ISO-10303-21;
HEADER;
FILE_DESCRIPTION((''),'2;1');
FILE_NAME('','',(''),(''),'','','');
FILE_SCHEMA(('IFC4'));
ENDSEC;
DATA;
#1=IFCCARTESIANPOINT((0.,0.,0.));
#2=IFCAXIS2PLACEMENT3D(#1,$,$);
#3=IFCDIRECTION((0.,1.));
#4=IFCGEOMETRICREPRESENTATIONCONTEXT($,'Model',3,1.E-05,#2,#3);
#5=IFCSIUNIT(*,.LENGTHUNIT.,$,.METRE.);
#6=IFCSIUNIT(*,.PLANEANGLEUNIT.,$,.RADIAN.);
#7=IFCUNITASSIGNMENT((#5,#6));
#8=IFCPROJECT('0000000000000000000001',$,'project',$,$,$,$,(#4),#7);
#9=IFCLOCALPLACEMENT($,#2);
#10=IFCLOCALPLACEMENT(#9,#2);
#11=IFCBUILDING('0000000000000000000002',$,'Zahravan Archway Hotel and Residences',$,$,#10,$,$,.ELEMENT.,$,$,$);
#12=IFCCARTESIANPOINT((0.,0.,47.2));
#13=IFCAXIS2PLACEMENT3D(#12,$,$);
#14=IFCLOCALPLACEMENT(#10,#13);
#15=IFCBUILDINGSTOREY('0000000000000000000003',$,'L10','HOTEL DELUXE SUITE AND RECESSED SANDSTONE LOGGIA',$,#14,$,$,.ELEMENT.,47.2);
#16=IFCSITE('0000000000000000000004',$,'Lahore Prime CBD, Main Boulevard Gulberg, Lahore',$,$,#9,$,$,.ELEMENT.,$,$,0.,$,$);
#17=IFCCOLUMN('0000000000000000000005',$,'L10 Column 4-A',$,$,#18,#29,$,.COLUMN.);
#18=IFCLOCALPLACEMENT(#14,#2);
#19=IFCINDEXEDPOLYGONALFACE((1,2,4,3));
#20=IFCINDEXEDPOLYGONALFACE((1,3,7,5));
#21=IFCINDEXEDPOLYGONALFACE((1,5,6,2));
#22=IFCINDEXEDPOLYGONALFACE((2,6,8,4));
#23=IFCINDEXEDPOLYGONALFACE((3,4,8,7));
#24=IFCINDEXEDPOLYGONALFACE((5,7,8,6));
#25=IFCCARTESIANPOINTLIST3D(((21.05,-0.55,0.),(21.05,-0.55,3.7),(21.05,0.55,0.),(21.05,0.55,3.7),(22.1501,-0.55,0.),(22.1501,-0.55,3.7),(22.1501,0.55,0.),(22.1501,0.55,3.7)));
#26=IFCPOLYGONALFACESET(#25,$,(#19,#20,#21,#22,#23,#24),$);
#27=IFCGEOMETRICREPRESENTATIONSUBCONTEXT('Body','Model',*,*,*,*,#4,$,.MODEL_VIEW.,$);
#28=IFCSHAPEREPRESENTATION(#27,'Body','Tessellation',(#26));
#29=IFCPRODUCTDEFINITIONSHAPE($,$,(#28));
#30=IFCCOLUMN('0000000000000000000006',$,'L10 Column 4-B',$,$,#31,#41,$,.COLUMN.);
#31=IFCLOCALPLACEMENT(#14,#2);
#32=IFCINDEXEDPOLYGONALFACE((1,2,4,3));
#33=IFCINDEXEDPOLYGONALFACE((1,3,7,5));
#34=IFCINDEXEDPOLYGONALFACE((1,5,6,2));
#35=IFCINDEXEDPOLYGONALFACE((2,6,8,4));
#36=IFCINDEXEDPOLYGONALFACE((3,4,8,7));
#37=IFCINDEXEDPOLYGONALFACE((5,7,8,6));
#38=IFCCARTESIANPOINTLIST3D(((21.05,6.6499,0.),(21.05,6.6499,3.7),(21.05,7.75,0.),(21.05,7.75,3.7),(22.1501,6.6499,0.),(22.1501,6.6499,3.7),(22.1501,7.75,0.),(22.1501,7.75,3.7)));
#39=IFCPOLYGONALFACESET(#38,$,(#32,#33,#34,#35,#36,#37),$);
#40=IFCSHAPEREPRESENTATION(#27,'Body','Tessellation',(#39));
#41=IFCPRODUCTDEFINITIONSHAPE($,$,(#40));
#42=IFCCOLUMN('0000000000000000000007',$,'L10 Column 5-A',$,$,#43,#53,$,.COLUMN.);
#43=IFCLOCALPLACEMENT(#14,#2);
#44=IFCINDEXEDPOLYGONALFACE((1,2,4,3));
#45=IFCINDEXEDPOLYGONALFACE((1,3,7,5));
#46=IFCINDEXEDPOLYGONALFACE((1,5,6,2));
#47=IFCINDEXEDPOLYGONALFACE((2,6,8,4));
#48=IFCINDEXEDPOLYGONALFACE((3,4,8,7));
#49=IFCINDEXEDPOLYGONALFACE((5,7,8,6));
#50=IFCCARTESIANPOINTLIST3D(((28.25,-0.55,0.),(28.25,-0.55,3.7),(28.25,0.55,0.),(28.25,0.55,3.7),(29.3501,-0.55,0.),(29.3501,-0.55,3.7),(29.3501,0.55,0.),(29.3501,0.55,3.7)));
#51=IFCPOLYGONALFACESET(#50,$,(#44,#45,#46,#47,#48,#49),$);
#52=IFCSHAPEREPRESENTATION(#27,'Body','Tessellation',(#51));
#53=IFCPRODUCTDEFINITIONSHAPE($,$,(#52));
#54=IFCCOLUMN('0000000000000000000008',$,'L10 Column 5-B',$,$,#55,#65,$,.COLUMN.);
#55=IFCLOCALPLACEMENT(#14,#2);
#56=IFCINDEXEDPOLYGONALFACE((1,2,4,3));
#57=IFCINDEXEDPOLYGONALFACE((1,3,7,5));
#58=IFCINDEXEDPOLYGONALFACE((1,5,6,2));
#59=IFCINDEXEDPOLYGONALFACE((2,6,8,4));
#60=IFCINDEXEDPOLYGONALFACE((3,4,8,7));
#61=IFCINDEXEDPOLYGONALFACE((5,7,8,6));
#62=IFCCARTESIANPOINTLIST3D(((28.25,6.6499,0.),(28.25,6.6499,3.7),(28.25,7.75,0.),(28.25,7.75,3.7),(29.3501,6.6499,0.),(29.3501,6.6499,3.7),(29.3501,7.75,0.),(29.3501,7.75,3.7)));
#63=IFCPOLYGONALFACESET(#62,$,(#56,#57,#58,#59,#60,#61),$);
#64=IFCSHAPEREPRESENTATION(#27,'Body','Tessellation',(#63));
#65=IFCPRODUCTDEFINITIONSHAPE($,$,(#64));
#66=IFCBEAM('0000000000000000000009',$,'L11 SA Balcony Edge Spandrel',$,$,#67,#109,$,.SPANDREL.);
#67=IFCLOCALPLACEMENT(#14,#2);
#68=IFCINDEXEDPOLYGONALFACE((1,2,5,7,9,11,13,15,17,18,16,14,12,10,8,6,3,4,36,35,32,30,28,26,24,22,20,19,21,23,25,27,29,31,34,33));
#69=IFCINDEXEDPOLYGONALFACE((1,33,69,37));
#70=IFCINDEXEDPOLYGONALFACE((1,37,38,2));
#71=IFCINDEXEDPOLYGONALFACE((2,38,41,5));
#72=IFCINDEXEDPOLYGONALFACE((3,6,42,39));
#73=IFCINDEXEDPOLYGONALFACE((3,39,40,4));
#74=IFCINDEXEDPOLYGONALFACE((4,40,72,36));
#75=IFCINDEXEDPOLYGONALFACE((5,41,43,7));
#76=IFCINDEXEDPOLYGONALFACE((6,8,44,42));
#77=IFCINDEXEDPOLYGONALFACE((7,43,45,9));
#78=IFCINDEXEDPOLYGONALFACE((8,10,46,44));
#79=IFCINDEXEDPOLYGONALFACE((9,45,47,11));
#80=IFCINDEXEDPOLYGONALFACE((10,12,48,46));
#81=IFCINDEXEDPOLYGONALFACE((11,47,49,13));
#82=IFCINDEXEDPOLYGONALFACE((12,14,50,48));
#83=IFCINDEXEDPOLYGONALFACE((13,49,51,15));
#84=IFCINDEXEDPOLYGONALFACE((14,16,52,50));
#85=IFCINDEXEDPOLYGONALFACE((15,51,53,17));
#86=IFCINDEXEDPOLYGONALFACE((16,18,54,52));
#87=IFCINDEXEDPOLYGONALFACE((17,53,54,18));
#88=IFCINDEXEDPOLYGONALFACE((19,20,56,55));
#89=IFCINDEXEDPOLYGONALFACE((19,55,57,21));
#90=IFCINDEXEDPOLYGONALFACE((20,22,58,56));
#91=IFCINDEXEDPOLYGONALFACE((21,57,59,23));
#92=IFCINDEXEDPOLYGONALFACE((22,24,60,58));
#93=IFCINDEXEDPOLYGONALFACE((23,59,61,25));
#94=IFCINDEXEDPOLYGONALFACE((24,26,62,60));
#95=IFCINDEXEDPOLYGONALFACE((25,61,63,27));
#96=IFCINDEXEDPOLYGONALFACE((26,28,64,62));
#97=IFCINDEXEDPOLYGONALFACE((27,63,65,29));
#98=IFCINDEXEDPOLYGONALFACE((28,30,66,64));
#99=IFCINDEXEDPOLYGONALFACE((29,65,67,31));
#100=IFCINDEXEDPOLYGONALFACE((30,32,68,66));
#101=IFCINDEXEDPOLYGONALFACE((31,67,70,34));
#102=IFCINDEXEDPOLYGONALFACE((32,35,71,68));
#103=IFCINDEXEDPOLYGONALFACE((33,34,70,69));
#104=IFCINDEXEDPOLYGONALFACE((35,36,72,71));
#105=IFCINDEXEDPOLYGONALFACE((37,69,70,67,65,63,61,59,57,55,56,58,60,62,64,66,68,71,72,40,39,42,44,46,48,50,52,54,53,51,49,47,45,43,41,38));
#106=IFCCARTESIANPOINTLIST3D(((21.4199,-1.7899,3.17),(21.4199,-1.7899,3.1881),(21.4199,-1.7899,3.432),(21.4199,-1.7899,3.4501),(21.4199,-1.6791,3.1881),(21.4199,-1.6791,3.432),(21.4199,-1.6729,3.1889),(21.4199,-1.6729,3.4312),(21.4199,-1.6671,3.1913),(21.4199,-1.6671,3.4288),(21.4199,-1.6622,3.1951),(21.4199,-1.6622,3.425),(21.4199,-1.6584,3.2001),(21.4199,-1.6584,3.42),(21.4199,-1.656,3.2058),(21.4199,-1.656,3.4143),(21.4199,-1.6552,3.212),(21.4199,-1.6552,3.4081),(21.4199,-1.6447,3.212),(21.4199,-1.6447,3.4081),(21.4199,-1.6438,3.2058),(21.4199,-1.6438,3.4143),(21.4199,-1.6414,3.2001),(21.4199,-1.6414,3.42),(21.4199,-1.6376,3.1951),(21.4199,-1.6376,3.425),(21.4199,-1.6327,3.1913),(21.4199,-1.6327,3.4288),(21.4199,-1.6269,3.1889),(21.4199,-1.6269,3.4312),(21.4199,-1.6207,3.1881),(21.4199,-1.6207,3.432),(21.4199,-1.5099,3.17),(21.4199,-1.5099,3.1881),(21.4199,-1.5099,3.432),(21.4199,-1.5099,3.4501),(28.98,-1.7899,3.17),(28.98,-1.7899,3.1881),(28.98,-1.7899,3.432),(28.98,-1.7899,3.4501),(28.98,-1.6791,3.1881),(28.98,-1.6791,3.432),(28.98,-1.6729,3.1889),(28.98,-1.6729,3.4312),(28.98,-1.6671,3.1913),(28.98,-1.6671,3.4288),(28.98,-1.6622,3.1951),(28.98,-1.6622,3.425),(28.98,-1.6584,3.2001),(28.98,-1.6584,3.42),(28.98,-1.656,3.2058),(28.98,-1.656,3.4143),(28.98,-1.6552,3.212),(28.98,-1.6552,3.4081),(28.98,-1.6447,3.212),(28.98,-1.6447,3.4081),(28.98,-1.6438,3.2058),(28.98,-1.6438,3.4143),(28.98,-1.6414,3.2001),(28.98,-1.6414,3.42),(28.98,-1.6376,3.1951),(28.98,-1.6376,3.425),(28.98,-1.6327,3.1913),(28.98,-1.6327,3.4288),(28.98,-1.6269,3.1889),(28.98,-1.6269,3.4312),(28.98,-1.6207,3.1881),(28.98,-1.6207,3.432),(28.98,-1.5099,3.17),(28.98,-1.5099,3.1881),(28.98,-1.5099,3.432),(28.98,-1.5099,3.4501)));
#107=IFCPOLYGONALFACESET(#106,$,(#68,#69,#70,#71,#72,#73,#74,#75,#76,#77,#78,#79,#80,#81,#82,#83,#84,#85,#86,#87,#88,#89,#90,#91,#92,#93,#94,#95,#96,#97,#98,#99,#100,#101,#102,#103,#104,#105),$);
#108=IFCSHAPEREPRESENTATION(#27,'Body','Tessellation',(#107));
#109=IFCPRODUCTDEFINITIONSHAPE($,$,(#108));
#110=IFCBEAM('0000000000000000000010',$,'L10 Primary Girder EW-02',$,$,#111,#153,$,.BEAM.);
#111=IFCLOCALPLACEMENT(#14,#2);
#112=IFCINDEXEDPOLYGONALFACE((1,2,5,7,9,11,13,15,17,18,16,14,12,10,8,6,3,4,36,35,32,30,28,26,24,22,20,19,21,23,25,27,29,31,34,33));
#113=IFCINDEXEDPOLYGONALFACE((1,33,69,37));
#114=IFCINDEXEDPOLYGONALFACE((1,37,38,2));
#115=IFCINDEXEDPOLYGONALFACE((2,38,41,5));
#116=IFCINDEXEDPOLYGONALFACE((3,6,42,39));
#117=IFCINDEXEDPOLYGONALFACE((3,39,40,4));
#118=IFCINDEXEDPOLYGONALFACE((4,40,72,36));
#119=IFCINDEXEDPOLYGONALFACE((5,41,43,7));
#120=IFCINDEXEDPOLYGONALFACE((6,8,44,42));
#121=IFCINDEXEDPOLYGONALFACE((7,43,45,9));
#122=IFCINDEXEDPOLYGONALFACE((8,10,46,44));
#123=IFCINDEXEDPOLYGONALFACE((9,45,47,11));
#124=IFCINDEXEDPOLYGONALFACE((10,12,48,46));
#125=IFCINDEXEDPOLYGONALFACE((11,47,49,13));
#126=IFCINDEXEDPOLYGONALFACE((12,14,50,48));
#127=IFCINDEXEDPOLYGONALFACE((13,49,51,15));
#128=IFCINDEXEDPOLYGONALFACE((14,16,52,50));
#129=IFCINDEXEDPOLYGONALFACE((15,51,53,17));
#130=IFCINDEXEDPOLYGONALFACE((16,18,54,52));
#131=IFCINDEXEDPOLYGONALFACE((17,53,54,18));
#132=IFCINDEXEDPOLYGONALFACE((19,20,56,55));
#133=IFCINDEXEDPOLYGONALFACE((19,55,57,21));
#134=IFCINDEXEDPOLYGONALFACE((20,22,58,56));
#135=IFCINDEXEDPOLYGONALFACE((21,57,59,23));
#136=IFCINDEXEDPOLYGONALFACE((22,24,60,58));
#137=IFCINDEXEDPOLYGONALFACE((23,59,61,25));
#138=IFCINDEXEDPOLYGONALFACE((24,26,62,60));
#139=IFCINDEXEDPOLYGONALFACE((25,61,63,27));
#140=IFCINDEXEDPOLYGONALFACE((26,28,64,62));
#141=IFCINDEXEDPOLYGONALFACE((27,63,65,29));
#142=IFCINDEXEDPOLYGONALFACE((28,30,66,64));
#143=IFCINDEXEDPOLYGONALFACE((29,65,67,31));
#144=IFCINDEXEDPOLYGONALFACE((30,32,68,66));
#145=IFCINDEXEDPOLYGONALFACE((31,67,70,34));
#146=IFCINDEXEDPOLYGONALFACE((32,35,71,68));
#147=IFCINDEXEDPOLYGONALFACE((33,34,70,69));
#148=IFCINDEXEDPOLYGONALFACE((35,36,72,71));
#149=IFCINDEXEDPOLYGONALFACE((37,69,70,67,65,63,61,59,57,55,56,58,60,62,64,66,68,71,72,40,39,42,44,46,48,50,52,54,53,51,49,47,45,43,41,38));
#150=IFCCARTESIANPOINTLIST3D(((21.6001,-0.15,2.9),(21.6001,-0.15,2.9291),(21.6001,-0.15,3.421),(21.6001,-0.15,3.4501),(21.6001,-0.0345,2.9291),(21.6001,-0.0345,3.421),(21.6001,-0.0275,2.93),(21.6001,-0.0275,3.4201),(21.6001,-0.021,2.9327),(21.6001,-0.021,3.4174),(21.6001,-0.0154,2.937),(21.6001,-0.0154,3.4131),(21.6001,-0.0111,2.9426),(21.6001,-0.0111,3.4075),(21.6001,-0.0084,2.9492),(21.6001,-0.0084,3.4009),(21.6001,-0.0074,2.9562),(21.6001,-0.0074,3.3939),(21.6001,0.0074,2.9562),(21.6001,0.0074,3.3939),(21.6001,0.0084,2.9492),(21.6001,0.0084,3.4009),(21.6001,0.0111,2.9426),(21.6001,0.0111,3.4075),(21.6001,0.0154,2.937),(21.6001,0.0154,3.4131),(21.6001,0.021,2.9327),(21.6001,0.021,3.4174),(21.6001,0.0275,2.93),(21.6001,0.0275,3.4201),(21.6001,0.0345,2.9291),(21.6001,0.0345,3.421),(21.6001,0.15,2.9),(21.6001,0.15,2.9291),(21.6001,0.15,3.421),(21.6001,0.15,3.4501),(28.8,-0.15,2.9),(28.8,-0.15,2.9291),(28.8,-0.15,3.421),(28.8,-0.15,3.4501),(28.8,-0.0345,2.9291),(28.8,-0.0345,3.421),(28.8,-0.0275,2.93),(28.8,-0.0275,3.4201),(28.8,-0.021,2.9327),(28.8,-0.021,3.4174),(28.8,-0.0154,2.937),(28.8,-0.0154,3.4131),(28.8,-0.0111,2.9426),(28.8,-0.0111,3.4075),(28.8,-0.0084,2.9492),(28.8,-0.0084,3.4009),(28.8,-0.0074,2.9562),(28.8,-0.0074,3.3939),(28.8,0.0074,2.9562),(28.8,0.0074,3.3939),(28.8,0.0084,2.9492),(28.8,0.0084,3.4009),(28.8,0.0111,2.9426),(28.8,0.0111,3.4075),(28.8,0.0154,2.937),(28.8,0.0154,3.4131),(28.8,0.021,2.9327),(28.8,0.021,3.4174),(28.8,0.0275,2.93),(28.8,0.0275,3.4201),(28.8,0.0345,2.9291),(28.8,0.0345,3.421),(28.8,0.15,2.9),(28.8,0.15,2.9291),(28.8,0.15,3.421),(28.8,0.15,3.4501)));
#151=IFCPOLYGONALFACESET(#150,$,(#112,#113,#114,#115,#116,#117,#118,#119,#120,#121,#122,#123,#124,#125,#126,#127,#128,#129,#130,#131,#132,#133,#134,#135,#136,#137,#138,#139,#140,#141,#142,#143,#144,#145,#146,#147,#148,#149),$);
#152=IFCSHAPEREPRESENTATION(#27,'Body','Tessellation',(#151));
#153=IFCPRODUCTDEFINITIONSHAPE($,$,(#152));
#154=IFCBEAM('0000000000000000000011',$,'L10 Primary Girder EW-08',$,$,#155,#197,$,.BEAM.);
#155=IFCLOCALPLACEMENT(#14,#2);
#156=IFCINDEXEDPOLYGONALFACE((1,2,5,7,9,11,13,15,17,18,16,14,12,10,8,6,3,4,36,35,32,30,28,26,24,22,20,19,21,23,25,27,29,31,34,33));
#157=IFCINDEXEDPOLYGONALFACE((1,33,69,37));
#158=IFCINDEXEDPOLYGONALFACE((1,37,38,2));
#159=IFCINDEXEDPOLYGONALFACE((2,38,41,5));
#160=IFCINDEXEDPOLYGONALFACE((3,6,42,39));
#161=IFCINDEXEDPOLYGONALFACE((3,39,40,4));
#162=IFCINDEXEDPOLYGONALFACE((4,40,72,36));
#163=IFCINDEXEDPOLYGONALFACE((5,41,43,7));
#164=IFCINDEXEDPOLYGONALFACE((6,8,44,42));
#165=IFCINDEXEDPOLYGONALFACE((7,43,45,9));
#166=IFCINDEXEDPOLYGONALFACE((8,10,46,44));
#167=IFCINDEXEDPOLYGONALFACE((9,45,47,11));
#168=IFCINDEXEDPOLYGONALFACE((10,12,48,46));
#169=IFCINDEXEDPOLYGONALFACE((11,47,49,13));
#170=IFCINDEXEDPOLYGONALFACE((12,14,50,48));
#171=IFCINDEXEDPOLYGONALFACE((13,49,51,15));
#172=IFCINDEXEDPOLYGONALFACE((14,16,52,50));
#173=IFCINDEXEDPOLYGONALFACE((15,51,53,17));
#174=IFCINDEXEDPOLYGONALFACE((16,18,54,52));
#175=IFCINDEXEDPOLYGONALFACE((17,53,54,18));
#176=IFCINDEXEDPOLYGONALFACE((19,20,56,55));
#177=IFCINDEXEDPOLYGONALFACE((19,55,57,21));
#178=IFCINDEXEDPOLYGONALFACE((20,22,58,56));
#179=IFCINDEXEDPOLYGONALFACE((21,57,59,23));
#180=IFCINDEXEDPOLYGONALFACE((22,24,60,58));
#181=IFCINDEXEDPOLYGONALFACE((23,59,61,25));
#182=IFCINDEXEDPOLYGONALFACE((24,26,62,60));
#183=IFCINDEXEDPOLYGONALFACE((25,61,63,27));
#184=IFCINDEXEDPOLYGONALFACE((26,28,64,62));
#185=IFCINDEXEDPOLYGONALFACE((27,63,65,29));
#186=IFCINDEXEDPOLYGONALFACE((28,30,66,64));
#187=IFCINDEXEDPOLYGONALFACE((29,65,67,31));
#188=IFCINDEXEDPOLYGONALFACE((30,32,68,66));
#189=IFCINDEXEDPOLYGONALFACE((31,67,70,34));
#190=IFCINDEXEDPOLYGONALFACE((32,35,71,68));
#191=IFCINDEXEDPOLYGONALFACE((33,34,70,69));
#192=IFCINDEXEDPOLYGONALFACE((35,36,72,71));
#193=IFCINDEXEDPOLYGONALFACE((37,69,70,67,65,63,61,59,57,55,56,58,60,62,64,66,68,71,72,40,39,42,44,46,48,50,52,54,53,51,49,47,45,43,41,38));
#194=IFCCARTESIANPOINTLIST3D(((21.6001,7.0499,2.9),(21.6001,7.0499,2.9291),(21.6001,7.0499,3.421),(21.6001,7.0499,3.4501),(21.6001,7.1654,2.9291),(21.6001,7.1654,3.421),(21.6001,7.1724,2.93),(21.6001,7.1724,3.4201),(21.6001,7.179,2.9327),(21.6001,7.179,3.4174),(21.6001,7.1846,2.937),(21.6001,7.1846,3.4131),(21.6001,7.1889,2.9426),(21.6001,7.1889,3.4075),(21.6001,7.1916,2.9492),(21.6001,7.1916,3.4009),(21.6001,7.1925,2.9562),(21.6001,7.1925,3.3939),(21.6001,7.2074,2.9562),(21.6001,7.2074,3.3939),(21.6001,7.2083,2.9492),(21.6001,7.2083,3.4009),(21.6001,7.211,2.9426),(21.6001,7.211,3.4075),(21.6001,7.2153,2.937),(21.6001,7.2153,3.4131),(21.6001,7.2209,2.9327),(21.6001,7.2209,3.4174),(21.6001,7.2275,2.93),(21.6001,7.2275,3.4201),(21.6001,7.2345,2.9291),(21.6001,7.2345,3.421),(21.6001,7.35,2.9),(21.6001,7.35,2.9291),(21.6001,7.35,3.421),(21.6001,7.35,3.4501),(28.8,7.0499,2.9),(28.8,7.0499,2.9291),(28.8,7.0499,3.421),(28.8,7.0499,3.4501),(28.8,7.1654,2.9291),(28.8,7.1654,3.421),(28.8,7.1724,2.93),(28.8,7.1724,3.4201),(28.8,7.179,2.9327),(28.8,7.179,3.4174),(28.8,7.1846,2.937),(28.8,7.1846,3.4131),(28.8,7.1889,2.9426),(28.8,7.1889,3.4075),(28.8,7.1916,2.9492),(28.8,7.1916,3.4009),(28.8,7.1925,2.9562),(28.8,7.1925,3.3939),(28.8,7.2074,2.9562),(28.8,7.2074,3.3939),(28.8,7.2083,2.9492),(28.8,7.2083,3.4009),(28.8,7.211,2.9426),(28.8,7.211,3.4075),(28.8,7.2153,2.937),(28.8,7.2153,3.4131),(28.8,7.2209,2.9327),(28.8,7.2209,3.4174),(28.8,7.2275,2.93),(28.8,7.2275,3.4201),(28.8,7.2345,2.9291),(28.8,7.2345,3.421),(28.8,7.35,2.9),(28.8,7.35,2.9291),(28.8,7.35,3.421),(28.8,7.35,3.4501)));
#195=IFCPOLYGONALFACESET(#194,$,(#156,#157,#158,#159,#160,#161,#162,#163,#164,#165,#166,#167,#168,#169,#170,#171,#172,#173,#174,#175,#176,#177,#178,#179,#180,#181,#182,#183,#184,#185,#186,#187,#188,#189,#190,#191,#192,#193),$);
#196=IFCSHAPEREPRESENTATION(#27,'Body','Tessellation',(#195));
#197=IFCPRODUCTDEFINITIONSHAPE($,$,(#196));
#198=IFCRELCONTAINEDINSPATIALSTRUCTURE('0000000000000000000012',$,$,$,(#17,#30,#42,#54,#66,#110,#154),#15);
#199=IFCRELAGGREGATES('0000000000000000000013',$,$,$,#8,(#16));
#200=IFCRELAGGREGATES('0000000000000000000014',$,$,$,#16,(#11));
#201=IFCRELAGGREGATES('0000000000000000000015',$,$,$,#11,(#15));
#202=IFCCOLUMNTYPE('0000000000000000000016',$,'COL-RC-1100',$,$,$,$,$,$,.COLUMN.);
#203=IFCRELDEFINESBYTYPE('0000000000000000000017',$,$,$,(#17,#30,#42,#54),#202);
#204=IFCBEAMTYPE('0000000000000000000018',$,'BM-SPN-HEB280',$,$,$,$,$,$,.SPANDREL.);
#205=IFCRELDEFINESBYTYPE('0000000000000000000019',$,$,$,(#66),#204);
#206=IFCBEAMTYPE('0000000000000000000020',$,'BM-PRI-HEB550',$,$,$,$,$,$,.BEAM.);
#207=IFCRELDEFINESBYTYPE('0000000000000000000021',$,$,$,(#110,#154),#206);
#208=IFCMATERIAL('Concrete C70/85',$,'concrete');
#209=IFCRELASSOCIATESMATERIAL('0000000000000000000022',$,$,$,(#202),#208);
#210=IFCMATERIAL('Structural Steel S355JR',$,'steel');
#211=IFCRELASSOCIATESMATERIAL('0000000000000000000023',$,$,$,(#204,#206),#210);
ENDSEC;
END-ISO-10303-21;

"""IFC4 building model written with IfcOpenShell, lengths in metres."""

from ifc_helpers import new_model, si_unit, direction, frame, origin, origin_2d, place, context, subcontext, project, spatial, rectangle, i_section, extrude, source, transform, mapped, material, material_profile, profile_set, type_object, type_shapes, element, save


model = new_model("IFC4")

# Units and contexts
model_context = context("Model", 3, precision=1e-05, world=origin(), true_north=direction((0.0, 1.0)))
body_context = subcontext(model_context, "Body", "Model", "MODEL_VIEW")
ifc_project = project(units=[si_unit("LENGTHUNIT", "METRE"), si_unit("PLANEANGLEUNIT", "RADIAN")], contexts=[model_context])

# Site, building, storey
site_placement = place(None, origin())
site = spatial("IfcSite", under=ifc_project, at=site_placement, Name="Lahore Prime CBD, Main Boulevard Gulberg, Lahore", CompositionType="ELEMENT", RefElevation=0.0)
building_placement = place(site_placement, origin())
building = spatial("IfcBuilding", under=site, at=building_placement, Name="Zahravan Archway Hotel and Residences", CompositionType="ELEMENT")
storey_placement = place(building_placement, frame((0.0, 0.0, 47.2)))
storey = spatial("IfcBuildingStorey", under=building, at=storey_placement, Name="L10", Description="HOTEL DELUXE SUITE AND RECESSED SANDSTONE LOGGIA", CompositionType="ELEMENT", Elevation=47.2)

# Columns
ifc_material_1 = material(Name="Concrete C70/85", Category="concrete")
ifc_material_profile_1 = material_profile(ifc_material_1, rectangle(XDim=1.1001, YDim=1.1001, at=origin_2d()), Name="RC 1100x1100", Category="concrete")
ifc_profile_set_1 = profile_set([ifc_material_profile_1], Name="Concrete C70/85")
column_type = type_object("IfcColumnType", Name="COL-RC-1100", PredefinedType="COLUMN", material=ifc_profile_set_1)
shared_shape_1 = source(origin(), body_context, "Body", "SweptSolid", [
    extrude(rectangle(XDim=1.1001, YDim=1.1001, at=origin_2d()), origin(), (0.0, 0.0, 1.0), 3.7),
])
for number, where, z_axis, x_axis, name in (
    (1, (21.6001, 0.0, 0.0), (0.0, 0.0, 1.0), (1.0, 0.0, 0.0), "L10 Column 4-A"),
    (2, (21.6001, 7.2, 0.0), (0.0, 0.0, 1.0), (1.0, 0.0, 0.0), "L10 Column 4-B"),
    (3, (28.8, 0.0, 0.0), (0.0, 0.0, 1.0), (1.0, 0.0, 0.0), "L10 Column 5-A"),
    (4, (28.8, 7.2, 0.0), (0.0, 0.0, 1.0), (1.0, 0.0, 0.0), "L10 Column 5-B"),
):
    element("IfcColumn", number, at=place(storey_placement, frame(where, z_axis=z_axis, x_axis=x_axis)), inside=storey, type_object=column_type, Name=name, PredefinedType="COLUMN", context=body_context, shape_type="MappedRepresentation", body=[
        mapped(shared_shape_1, transform((0.0, 0.0, 0.0), scale=1.0)),
    ])

# Beams
ifc_material_2 = material(Name="Structural Steel S355JR", Category="steel")
ifc_material_profile_2 = material_profile(ifc_material_2, i_section(OverallWidth=0.28, OverallDepth=0.28, WebThickness=0.0105, FlangeThickness=0.0181, FilletRadius=0.0239, at=origin_2d()), Name="HEB 280", Category="steel")
ifc_profile_set_2 = profile_set([ifc_material_profile_2], Name="Structural Steel S355JR")
beam_type_1 = type_object("IfcBeamType", Name="BM-SPN-HEB280", PredefinedType="SPANDREL", material=ifc_profile_set_2)
shared_shape_2 = source(origin(), body_context, "Body", "SweptSolid", [
    extrude(i_section(OverallWidth=0.28, OverallDepth=0.28, WebThickness=0.0105, FlangeThickness=0.0181, FilletRadius=0.0239, at=origin_2d()), origin(), (0.0, 0.0, 1.0), 7.5601),
])
type_shapes(beam_type_1, [shared_shape_2])
beam_placement = place(storey_placement, frame((21.4199, -1.6499, 3.3101), z_axis=(1.0, 0.0, 0.0), x_axis=(0.0, 1.0, 0.0)))
element("IfcBeam", 5, at=beam_placement, inside=storey, type_object=beam_type_1, Name="L11 SA Balcony Edge Spandrel", PredefinedType="SPANDREL", context=body_context, shape_type="MappedRepresentation", body=[
    mapped(shared_shape_2, transform((0.0, 0.0, 0.0), scale=1.0)),
])
ifc_material_profile_3 = material_profile(ifc_material_2, i_section(OverallWidth=0.3, OverallDepth=0.55, WebThickness=0.0149, FlangeThickness=0.0291, FilletRadius=0.0271, at=origin_2d()), Name="HEB 550", Category="steel")
ifc_profile_set_3 = profile_set([ifc_material_profile_3], Name="Structural Steel S355JR")
beam_type_2 = type_object("IfcBeamType", Name="BM-PRI-HEB550", PredefinedType="BEAM", material=ifc_profile_set_3)
shared_shape_3 = source(origin(), body_context, "Body", "SweptSolid", [
    extrude(i_section(OverallWidth=0.3, OverallDepth=0.55, WebThickness=0.0149, FlangeThickness=0.0291, FilletRadius=0.0271, at=origin_2d()), origin(), (0.0, 0.0, 1.0), 7.2),
])
for number, where, z_axis, x_axis, name in (
    (6, (21.6001, 0.0, 3.175), (1.0, 0.0, 0.0), (0.0, 1.0, 0.0), "L10 Primary Girder EW-02"),
    (7, (21.6001, 7.2, 3.175), (1.0, 0.0, 0.0), (0.0, 1.0, 0.0), "L10 Primary Girder EW-08"),
):
    element("IfcBeam", number, at=place(storey_placement, frame(where, z_axis=z_axis, x_axis=x_axis)), inside=storey, type_object=beam_type_2, Name=name, PredefinedType="BEAM", context=body_context, shape_type="MappedRepresentation", body=[
        mapped(shared_shape_3, transform((0.0, 0.0, 0.0), scale=1.0)),
    ])

save(model, "model.ifc")
